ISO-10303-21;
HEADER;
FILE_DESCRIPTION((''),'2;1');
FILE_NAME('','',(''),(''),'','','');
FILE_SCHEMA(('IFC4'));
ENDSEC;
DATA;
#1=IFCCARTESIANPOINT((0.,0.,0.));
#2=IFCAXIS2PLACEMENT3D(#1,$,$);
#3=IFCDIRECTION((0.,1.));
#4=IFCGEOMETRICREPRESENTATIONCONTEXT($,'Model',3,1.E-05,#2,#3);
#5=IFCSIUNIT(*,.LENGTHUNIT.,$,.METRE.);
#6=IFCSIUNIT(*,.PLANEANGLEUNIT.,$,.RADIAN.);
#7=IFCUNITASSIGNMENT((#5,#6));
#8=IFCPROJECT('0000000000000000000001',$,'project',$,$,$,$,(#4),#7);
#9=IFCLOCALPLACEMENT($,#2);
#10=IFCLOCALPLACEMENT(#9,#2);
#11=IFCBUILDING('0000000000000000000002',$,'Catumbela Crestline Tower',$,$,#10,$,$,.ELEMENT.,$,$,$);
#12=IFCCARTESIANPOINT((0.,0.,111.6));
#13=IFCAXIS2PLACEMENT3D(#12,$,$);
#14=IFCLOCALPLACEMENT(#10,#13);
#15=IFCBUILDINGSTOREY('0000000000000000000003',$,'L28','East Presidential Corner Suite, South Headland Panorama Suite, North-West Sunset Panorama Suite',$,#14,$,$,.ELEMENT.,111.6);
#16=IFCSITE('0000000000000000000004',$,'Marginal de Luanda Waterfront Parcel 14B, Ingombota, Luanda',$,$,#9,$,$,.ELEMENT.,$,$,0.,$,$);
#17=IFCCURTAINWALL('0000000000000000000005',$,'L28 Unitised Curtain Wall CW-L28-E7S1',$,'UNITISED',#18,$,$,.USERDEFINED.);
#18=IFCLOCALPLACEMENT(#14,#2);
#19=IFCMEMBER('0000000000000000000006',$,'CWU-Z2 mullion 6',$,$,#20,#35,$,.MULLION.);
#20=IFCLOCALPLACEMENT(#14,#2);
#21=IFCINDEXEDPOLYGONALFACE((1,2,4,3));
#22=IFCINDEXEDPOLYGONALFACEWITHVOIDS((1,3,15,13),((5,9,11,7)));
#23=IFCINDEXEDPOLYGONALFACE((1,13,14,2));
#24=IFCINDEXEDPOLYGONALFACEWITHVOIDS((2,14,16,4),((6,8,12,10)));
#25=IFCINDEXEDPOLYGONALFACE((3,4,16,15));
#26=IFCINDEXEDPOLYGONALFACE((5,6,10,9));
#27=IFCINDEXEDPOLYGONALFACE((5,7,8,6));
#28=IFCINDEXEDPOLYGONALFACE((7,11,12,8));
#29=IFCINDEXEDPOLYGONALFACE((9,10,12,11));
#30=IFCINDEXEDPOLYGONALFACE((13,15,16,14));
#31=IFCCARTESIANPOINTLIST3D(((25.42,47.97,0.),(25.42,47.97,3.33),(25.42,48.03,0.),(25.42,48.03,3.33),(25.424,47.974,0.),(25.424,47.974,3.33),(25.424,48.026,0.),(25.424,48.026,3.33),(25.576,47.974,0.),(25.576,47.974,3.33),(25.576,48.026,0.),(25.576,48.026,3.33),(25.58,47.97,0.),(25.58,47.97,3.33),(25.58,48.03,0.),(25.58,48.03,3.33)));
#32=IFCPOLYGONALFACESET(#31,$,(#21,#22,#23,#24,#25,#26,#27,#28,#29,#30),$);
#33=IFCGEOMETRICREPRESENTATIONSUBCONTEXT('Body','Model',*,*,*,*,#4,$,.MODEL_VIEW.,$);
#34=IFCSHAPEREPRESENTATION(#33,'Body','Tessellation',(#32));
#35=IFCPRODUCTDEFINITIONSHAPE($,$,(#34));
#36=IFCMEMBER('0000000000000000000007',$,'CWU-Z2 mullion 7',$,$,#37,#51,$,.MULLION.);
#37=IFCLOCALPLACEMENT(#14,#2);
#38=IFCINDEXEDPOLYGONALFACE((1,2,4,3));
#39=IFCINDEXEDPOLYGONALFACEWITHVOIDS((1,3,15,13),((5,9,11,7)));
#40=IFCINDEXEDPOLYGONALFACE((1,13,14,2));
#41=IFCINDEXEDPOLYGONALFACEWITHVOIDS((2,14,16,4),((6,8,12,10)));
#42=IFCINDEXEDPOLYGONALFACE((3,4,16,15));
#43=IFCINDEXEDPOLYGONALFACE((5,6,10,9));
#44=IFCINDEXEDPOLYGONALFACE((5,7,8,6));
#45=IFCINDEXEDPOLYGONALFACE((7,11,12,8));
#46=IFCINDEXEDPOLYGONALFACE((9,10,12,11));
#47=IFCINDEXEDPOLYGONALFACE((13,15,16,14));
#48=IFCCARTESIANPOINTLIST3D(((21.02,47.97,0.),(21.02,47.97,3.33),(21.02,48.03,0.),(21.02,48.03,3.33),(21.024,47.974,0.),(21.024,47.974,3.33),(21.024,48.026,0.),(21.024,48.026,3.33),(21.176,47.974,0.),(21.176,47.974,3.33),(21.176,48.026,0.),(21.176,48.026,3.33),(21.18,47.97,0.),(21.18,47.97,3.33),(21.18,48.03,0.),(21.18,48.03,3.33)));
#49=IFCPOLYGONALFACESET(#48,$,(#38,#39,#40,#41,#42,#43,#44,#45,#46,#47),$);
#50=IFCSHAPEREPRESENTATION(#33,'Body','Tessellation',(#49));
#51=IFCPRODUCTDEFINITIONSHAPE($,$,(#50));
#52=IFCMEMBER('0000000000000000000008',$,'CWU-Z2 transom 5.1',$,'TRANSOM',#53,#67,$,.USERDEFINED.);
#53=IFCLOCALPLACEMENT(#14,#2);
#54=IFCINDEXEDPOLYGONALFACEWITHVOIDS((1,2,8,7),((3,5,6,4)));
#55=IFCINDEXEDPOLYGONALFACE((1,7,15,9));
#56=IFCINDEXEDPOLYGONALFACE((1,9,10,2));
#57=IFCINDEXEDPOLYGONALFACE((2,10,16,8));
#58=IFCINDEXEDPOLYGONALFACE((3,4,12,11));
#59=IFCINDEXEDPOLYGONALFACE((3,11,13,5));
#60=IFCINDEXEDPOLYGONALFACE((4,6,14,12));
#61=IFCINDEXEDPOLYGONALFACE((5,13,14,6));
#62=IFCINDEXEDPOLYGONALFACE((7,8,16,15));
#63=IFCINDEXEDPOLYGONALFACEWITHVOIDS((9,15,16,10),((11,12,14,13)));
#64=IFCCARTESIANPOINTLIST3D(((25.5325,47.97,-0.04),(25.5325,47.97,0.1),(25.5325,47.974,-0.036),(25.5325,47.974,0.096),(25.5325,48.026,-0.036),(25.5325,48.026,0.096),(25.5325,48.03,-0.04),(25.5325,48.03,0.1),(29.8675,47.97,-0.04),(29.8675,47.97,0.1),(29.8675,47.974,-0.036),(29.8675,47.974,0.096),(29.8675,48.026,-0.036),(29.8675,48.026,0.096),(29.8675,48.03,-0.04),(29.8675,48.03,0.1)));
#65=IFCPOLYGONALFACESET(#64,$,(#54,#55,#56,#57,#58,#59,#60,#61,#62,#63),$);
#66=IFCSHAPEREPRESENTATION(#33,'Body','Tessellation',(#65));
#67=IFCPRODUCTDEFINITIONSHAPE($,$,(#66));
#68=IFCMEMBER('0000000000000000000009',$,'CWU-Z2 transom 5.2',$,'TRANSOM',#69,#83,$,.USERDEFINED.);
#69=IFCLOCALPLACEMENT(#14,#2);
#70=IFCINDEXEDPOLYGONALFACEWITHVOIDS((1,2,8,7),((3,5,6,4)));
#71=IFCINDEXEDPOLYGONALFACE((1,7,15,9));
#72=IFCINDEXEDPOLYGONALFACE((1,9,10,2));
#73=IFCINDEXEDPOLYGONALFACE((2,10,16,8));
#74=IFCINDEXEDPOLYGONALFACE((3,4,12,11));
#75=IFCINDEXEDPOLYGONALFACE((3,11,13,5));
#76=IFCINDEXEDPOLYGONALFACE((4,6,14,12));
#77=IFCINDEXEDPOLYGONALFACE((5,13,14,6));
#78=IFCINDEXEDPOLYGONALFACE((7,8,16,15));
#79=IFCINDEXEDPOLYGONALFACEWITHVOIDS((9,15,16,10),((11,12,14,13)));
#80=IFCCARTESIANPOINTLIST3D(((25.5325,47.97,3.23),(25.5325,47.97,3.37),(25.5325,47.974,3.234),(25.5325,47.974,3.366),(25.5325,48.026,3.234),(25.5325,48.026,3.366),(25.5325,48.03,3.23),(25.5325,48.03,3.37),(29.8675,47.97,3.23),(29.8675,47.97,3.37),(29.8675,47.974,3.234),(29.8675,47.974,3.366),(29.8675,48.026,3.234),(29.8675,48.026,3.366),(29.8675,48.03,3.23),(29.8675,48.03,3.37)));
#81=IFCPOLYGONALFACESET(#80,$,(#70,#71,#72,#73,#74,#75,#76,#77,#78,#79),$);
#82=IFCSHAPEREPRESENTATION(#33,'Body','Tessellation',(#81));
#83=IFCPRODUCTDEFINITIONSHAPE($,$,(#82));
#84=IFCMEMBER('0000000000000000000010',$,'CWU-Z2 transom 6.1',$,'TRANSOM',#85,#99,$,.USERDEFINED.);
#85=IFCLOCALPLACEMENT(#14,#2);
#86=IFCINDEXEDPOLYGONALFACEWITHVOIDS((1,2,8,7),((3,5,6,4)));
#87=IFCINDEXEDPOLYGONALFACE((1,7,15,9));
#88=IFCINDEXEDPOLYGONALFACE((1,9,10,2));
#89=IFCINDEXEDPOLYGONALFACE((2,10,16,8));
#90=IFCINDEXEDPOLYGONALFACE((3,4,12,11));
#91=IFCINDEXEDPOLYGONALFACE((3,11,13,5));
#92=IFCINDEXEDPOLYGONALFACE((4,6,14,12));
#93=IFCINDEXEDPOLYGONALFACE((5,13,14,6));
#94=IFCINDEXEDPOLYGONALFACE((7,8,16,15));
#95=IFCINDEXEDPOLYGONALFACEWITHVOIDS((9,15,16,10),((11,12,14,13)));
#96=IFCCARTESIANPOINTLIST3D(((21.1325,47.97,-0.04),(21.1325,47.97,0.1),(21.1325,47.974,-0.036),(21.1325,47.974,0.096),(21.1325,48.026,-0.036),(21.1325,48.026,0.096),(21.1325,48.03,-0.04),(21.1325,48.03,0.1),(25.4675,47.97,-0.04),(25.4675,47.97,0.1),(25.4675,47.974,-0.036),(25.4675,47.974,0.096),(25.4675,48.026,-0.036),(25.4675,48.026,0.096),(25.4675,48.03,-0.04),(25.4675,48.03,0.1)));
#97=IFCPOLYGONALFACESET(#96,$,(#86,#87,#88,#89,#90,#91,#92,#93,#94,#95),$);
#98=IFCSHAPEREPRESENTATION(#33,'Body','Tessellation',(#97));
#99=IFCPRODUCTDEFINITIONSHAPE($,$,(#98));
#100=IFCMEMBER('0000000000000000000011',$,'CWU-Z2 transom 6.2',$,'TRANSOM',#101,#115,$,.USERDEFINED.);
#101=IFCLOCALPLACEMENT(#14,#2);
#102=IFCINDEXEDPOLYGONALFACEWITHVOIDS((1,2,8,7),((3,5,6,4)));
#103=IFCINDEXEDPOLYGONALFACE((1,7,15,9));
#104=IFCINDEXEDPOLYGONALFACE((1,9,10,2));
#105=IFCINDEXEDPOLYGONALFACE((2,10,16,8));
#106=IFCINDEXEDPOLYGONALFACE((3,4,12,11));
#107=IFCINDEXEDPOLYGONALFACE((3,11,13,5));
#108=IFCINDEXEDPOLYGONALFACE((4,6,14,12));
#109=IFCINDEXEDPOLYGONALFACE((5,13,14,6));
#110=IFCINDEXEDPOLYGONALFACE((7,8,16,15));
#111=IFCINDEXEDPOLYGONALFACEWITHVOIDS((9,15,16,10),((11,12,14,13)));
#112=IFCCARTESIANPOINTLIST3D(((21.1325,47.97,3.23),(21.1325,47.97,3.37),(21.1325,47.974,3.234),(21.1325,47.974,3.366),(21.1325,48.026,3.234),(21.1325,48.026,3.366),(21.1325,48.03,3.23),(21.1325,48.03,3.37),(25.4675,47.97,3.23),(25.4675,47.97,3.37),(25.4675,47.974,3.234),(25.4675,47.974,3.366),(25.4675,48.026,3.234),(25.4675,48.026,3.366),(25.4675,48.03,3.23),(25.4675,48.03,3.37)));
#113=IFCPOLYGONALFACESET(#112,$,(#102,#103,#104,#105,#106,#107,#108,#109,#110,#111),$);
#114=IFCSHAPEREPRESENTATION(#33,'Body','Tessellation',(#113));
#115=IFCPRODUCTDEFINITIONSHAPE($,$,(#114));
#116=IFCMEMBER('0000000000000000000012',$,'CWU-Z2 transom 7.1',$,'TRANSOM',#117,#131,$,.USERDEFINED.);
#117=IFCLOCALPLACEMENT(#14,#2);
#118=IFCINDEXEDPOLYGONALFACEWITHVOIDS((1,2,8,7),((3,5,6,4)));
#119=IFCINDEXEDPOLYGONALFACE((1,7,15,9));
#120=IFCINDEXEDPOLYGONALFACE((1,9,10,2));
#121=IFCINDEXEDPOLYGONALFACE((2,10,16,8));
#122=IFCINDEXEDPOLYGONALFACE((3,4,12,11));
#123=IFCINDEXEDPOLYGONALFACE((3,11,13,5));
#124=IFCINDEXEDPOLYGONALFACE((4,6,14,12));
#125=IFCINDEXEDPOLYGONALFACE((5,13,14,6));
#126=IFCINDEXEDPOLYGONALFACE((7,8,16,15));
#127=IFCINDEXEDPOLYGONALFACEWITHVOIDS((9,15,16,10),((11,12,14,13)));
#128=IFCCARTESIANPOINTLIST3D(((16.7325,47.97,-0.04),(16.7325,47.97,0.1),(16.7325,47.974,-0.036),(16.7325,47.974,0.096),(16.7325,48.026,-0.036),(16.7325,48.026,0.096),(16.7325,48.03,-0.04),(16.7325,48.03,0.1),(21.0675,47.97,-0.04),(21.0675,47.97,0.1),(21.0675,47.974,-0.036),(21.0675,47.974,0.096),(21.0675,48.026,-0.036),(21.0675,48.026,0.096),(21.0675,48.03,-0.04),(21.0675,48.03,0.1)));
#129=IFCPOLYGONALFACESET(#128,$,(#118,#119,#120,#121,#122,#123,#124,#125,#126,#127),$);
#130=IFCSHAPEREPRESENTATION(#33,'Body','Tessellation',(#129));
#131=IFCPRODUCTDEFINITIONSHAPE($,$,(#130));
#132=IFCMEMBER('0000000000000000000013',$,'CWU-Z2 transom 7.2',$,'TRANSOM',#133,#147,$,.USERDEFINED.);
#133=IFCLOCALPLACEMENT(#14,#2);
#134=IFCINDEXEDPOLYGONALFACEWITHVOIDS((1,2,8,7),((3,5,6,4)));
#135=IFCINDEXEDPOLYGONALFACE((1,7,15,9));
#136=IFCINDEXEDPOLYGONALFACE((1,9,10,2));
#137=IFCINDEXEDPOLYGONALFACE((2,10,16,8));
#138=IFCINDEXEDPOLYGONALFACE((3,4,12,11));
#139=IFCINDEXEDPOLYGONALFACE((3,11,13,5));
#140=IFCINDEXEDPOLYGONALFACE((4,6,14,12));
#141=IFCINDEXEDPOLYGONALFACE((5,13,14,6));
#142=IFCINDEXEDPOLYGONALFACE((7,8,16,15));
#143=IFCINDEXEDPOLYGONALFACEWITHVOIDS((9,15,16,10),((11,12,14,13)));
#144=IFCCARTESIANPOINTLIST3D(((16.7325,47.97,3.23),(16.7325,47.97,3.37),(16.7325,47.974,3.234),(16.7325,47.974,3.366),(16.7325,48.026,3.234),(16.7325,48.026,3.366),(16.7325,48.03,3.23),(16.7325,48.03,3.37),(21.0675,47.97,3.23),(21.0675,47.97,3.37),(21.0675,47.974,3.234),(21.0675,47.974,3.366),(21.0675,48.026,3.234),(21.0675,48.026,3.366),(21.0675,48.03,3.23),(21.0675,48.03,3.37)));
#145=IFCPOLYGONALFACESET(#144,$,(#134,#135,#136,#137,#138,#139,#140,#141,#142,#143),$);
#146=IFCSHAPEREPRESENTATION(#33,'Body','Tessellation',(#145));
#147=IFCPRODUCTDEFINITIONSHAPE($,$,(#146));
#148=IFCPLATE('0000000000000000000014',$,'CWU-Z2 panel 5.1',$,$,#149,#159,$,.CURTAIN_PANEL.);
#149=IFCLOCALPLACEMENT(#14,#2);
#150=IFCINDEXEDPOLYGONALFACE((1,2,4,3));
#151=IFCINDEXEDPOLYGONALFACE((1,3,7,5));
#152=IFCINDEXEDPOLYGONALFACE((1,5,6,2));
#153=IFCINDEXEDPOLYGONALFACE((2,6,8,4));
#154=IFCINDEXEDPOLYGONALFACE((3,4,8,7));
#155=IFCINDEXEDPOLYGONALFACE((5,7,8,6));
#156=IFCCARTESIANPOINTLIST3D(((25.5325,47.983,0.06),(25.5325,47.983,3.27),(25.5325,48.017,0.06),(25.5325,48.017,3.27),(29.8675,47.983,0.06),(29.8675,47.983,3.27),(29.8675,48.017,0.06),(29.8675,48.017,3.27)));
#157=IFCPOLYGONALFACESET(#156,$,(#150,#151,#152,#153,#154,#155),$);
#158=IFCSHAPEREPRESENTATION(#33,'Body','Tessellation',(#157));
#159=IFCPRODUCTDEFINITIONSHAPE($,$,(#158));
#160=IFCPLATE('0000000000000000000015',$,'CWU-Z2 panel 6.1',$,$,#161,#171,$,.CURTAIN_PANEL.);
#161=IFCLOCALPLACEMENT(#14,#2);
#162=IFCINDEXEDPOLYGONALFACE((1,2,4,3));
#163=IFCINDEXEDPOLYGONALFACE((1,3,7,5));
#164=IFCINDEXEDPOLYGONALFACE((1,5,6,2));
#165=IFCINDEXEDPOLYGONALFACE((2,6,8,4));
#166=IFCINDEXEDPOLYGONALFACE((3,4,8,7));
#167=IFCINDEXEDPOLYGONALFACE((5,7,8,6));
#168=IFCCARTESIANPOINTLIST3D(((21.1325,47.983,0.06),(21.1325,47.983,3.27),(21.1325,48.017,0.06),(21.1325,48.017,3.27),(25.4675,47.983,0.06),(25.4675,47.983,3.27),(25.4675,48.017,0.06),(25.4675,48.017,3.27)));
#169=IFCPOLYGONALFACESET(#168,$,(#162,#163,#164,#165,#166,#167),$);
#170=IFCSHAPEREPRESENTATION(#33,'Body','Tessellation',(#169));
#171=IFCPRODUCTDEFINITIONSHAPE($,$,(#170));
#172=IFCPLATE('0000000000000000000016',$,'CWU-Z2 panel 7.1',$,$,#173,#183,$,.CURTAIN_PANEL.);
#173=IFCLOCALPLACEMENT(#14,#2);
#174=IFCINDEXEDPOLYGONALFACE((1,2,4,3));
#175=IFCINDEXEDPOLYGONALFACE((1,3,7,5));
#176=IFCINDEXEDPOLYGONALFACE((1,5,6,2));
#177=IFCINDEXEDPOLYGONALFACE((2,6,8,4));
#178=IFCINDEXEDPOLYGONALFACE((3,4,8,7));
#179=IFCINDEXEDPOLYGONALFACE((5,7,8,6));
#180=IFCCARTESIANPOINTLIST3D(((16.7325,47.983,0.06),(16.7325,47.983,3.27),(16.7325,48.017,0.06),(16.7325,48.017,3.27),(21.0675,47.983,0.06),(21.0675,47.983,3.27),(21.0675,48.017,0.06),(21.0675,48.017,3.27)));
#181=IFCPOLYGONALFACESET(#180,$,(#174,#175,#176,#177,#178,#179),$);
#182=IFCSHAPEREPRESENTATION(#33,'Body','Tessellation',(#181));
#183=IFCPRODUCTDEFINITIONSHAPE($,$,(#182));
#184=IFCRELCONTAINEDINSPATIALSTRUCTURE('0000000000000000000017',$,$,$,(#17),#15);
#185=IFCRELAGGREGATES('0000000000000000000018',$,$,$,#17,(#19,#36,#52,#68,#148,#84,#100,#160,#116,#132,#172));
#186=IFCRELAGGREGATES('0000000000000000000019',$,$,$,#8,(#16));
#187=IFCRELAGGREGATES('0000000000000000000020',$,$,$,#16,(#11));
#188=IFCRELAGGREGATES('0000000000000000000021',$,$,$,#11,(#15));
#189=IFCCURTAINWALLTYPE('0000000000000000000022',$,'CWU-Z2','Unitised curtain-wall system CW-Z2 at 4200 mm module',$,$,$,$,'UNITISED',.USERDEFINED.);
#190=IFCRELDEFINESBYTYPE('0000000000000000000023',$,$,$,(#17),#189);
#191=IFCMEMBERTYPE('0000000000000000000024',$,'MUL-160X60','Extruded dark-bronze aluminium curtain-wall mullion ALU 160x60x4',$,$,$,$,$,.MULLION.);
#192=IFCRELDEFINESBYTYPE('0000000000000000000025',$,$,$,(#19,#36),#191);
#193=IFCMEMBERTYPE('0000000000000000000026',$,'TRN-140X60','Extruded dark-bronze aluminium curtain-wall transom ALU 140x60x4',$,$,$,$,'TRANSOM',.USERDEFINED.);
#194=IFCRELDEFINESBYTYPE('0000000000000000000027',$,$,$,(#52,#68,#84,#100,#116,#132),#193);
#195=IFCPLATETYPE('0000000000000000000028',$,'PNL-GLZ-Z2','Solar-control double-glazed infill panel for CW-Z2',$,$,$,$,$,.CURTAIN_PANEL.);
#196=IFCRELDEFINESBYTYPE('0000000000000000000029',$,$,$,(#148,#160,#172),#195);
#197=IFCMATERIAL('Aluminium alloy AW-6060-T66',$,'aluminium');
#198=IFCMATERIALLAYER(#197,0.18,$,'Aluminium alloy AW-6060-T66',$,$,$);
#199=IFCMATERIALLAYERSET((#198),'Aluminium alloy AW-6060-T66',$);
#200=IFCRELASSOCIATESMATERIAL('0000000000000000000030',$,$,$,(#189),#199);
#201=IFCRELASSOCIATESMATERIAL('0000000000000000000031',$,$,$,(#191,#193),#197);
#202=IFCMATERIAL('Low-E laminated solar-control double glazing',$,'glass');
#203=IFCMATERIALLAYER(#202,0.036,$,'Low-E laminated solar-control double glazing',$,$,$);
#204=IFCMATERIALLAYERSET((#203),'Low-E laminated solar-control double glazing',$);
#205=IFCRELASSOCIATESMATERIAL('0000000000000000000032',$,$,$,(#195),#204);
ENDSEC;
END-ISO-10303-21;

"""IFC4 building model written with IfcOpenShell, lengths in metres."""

from ifc_helpers import new_model, si_unit, direction, frame, origin, origin_2d, place, context, subcontext, project, spatial, rectangle, hollow_rectangle, extrude, material, layer, layer_set, material_profile, profile_set, type_object, element, aggregate, save


model = new_model("IFC4")

# Units and contexts
model_context = context("Model", 3, precision=1e-05, world=origin(), true_north=direction((0.0, 1.0)))
body_context = subcontext(model_context, "Body", "Model", "MODEL_VIEW")
ifc_project = project(units=[si_unit("LENGTHUNIT", "METRE"), si_unit("PLANEANGLEUNIT", "RADIAN")], contexts=[model_context])

# Site, building, storey
site_placement = place(None, origin())
site = spatial("IfcSite", under=ifc_project, at=site_placement, Name="Marginal de Luanda Waterfront Parcel 14B, Ingombota, Luanda", CompositionType="ELEMENT", RefElevation=0.0)
building_placement = place(site_placement, origin())
building = spatial("IfcBuilding", under=site, at=building_placement, Name="Catumbela Crestline Tower", CompositionType="ELEMENT")
storey_placement = place(building_placement, frame((0.0, 0.0, 111.6)))
storey = spatial("IfcBuildingStorey", under=building, at=storey_placement, Name="L28", Description="East Presidential Corner Suite, South Headland Panorama Suite, North-West Sunset Panorama Suite", CompositionType="ELEMENT", Elevation=111.6)

# Curtain wall, members, plates
ifc_material_1 = material(Name="Aluminium alloy AW-6060-T66", Category="aluminium")
ifc_layer_1 = layer(ifc_material_1, 0.18, Name="Aluminium alloy AW-6060-T66")
ifc_layer_set_1 = layer_set([ifc_layer_1], Name="Aluminium alloy AW-6060-T66")
curtain_wall_type = type_object("IfcCurtainWallType", Name="CWU-Z2", Description="Unitised curtain-wall system CW-Z2 at 4200 mm module", ElementType="UNITISED", PredefinedType="USERDEFINED", material=ifc_layer_set_1)
curtain_wall_placement = place(storey_placement, origin())
curtain_wall = element("IfcCurtainWall", 1, at=curtain_wall_placement, inside=storey, type_object=curtain_wall_type, Name="L28 Unitised Curtain Wall CW-L28-E7S1", ObjectType="UNITISED", PredefinedType="USERDEFINED")
ifc_material_profile_1 = material_profile(ifc_material_1, hollow_rectangle(XDim=0.06, YDim=0.16, WallThickness=0.004, at=origin_2d()), Name="ALU 160x60x4")
ifc_profile_set_1 = profile_set([ifc_material_profile_1], Name="Aluminium alloy AW-6060-T66")
member_type_1 = type_object("IfcMemberType", Name="MUL-160X60", Description="Extruded dark-bronze aluminium curtain-wall mullion ALU 160x60x4", PredefinedType="MULLION", material=ifc_profile_set_1)
member_1_placement = place(storey_placement, frame((25.5, 48.0, 0.0), z_axis=(0.0, 0.0, 1.0), x_axis=(0.0, -1.0, 0.0)))
member_1 = element("IfcMember", 2, at=member_1_placement, type_object=member_type_1, Name="CWU-Z2 mullion 6", PredefinedType="MULLION", context=body_context, shape_type="SweptSolid", body=[
    extrude(hollow_rectangle(XDim=0.06, YDim=0.16, WallThickness=0.004, at=origin_2d()), origin(), (0.0, 0.0, 1.0), 3.33),
])
member_2_placement = place(storey_placement, frame((21.1, 48.0, 0.0), z_axis=(0.0, 0.0, 1.0), x_axis=(0.0, -1.0, 0.0)))
member_2 = element("IfcMember", 3, at=member_2_placement, type_object=member_type_1, Name="CWU-Z2 mullion 7", PredefinedType="MULLION", context=body_context, shape_type="SweptSolid", body=[
    extrude(hollow_rectangle(XDim=0.06, YDim=0.16, WallThickness=0.004, at=origin_2d()), origin(), (0.0, 0.0, 1.0), 3.33),
])
ifc_material_profile_2 = material_profile(ifc_material_1, hollow_rectangle(XDim=0.06, YDim=0.14, WallThickness=0.004, at=origin_2d()), Name="ALU 140x60x4")
ifc_profile_set_2 = profile_set([ifc_material_profile_2], Name="Aluminium alloy AW-6060-T66")
member_type_2 = type_object("IfcMemberType", Name="TRN-140X60", Description="Extruded dark-bronze aluminium curtain-wall transom ALU 140x60x4", ElementType="TRANSOM", PredefinedType="USERDEFINED", material=ifc_profile_set_2)
member_3_placement = place(storey_placement, frame((29.8675, 48.0, 0.03), z_axis=(-1.0, 0.0, 0.0), x_axis=(0.0, -1.0, 0.0)))
member_3 = element("IfcMember", 4, at=member_3_placement, type_object=member_type_2, Name="CWU-Z2 transom 5.1", ObjectType="TRANSOM", PredefinedType="USERDEFINED", context=body_context, shape_type="SweptSolid", body=[
    extrude(hollow_rectangle(XDim=0.06, YDim=0.14, WallThickness=0.004, at=origin_2d()), origin(), (0.0, 0.0, 1.0), 4.335),
])
member_4_placement = place(storey_placement, frame((29.8675, 48.0, 3.3), z_axis=(-1.0, 0.0, 0.0), x_axis=(0.0, -1.0, 0.0)))
member_4 = element("IfcMember", 5, at=member_4_placement, type_object=member_type_2, Name="CWU-Z2 transom 5.2", ObjectType="TRANSOM", PredefinedType="USERDEFINED", context=body_context, shape_type="SweptSolid", body=[
    extrude(hollow_rectangle(XDim=0.06, YDim=0.14, WallThickness=0.004, at=origin_2d()), origin(), (0.0, 0.0, 1.0), 4.335),
])
member_5_placement = place(storey_placement, frame((25.4675, 48.0, 0.03), z_axis=(-1.0, 0.0, 0.0), x_axis=(0.0, -1.0, 0.0)))
member_5 = element("IfcMember", 6, at=member_5_placement, type_object=member_type_2, Name="CWU-Z2 transom 6.1", ObjectType="TRANSOM", PredefinedType="USERDEFINED", context=body_context, shape_type="SweptSolid", body=[
    extrude(hollow_rectangle(XDim=0.06, YDim=0.14, WallThickness=0.004, at=origin_2d()), origin(), (0.0, 0.0, 1.0), 4.335),
])
member_6_placement = place(storey_placement, frame((25.4675, 48.0, 3.3), z_axis=(-1.0, 0.0, 0.0), x_axis=(0.0, -1.0, 0.0)))
member_6 = element("IfcMember", 7, at=member_6_placement, type_object=member_type_2, Name="CWU-Z2 transom 6.2", ObjectType="TRANSOM", PredefinedType="USERDEFINED", context=body_context, shape_type="SweptSolid", body=[
    extrude(hollow_rectangle(XDim=0.06, YDim=0.14, WallThickness=0.004, at=origin_2d()), origin(), (0.0, 0.0, 1.0), 4.335),
])
member_7_placement = place(storey_placement, frame((21.0675, 48.0, 0.03), z_axis=(-1.0, 0.0, 0.0), x_axis=(0.0, -1.0, 0.0)))
member_7 = element("IfcMember", 8, at=member_7_placement, type_object=member_type_2, Name="CWU-Z2 transom 7.1", ObjectType="TRANSOM", PredefinedType="USERDEFINED", context=body_context, shape_type="SweptSolid", body=[
    extrude(hollow_rectangle(XDim=0.06, YDim=0.14, WallThickness=0.004, at=origin_2d()), origin(), (0.0, 0.0, 1.0), 4.335),
])
member_8_placement = place(storey_placement, frame((21.0675, 48.0, 3.3), z_axis=(-1.0, 0.0, 0.0), x_axis=(0.0, -1.0, 0.0)))
member_8 = element("IfcMember", 9, at=member_8_placement, type_object=member_type_2, Name="CWU-Z2 transom 7.2", ObjectType="TRANSOM", PredefinedType="USERDEFINED", context=body_context, shape_type="SweptSolid", body=[
    extrude(hollow_rectangle(XDim=0.06, YDim=0.14, WallThickness=0.004, at=origin_2d()), origin(), (0.0, 0.0, 1.0), 4.335),
])
ifc_material_2 = material(Name="Low-E laminated solar-control double glazing", Category="glass")
ifc_layer_2 = layer(ifc_material_2, 0.036, Name="Low-E laminated solar-control double glazing")
ifc_layer_set_2 = layer_set([ifc_layer_2], Name="Low-E laminated solar-control double glazing")
plate_type = type_object("IfcPlateType", Name="PNL-GLZ-Z2", Description="Solar-control double-glazed infill panel for CW-Z2", PredefinedType="CURTAIN_PANEL", material=ifc_layer_set_2)
plate_1_placement = place(storey_placement, frame((27.7, 48.0, 0.06), z_axis=(0.0, 0.0, 1.0), x_axis=(-1.0, 0.0, 0.0)))
plate_1 = element("IfcPlate", 10, at=plate_1_placement, type_object=plate_type, Name="CWU-Z2 panel 5.1", PredefinedType="CURTAIN_PANEL", context=body_context, shape_type="SweptSolid", body=[
    extrude(rectangle(XDim=4.335, YDim=0.034, at=origin_2d()), origin(), (0.0, 0.0, 1.0), 3.21),
])
plate_2_placement = place(storey_placement, frame((23.3, 48.0, 0.06), z_axis=(0.0, 0.0, 1.0), x_axis=(-1.0, 0.0, 0.0)))
plate_2 = element("IfcPlate", 11, at=plate_2_placement, type_object=plate_type, Name="CWU-Z2 panel 6.1", PredefinedType="CURTAIN_PANEL", context=body_context, shape_type="SweptSolid", body=[
    extrude(rectangle(XDim=4.335, YDim=0.034, at=origin_2d()), origin(), (0.0, 0.0, 1.0), 3.21),
])
plate_3_placement = place(storey_placement, frame((18.9, 48.0, 0.06), z_axis=(0.0, 0.0, 1.0), x_axis=(-1.0, 0.0, 0.0)))
plate_3 = element("IfcPlate", 12, at=plate_3_placement, type_object=plate_type, Name="CWU-Z2 panel 7.1", PredefinedType="CURTAIN_PANEL", context=body_context, shape_type="SweptSolid", body=[
    extrude(rectangle(XDim=4.335, YDim=0.034, at=origin_2d()), origin(), (0.0, 0.0, 1.0), 3.21),
])
aggregate(curtain_wall, [member_1, member_2, member_3, member_4, plate_1, member_5, member_6, plate_2, member_7, member_8, plate_3])

save(model, "model.ifc")
